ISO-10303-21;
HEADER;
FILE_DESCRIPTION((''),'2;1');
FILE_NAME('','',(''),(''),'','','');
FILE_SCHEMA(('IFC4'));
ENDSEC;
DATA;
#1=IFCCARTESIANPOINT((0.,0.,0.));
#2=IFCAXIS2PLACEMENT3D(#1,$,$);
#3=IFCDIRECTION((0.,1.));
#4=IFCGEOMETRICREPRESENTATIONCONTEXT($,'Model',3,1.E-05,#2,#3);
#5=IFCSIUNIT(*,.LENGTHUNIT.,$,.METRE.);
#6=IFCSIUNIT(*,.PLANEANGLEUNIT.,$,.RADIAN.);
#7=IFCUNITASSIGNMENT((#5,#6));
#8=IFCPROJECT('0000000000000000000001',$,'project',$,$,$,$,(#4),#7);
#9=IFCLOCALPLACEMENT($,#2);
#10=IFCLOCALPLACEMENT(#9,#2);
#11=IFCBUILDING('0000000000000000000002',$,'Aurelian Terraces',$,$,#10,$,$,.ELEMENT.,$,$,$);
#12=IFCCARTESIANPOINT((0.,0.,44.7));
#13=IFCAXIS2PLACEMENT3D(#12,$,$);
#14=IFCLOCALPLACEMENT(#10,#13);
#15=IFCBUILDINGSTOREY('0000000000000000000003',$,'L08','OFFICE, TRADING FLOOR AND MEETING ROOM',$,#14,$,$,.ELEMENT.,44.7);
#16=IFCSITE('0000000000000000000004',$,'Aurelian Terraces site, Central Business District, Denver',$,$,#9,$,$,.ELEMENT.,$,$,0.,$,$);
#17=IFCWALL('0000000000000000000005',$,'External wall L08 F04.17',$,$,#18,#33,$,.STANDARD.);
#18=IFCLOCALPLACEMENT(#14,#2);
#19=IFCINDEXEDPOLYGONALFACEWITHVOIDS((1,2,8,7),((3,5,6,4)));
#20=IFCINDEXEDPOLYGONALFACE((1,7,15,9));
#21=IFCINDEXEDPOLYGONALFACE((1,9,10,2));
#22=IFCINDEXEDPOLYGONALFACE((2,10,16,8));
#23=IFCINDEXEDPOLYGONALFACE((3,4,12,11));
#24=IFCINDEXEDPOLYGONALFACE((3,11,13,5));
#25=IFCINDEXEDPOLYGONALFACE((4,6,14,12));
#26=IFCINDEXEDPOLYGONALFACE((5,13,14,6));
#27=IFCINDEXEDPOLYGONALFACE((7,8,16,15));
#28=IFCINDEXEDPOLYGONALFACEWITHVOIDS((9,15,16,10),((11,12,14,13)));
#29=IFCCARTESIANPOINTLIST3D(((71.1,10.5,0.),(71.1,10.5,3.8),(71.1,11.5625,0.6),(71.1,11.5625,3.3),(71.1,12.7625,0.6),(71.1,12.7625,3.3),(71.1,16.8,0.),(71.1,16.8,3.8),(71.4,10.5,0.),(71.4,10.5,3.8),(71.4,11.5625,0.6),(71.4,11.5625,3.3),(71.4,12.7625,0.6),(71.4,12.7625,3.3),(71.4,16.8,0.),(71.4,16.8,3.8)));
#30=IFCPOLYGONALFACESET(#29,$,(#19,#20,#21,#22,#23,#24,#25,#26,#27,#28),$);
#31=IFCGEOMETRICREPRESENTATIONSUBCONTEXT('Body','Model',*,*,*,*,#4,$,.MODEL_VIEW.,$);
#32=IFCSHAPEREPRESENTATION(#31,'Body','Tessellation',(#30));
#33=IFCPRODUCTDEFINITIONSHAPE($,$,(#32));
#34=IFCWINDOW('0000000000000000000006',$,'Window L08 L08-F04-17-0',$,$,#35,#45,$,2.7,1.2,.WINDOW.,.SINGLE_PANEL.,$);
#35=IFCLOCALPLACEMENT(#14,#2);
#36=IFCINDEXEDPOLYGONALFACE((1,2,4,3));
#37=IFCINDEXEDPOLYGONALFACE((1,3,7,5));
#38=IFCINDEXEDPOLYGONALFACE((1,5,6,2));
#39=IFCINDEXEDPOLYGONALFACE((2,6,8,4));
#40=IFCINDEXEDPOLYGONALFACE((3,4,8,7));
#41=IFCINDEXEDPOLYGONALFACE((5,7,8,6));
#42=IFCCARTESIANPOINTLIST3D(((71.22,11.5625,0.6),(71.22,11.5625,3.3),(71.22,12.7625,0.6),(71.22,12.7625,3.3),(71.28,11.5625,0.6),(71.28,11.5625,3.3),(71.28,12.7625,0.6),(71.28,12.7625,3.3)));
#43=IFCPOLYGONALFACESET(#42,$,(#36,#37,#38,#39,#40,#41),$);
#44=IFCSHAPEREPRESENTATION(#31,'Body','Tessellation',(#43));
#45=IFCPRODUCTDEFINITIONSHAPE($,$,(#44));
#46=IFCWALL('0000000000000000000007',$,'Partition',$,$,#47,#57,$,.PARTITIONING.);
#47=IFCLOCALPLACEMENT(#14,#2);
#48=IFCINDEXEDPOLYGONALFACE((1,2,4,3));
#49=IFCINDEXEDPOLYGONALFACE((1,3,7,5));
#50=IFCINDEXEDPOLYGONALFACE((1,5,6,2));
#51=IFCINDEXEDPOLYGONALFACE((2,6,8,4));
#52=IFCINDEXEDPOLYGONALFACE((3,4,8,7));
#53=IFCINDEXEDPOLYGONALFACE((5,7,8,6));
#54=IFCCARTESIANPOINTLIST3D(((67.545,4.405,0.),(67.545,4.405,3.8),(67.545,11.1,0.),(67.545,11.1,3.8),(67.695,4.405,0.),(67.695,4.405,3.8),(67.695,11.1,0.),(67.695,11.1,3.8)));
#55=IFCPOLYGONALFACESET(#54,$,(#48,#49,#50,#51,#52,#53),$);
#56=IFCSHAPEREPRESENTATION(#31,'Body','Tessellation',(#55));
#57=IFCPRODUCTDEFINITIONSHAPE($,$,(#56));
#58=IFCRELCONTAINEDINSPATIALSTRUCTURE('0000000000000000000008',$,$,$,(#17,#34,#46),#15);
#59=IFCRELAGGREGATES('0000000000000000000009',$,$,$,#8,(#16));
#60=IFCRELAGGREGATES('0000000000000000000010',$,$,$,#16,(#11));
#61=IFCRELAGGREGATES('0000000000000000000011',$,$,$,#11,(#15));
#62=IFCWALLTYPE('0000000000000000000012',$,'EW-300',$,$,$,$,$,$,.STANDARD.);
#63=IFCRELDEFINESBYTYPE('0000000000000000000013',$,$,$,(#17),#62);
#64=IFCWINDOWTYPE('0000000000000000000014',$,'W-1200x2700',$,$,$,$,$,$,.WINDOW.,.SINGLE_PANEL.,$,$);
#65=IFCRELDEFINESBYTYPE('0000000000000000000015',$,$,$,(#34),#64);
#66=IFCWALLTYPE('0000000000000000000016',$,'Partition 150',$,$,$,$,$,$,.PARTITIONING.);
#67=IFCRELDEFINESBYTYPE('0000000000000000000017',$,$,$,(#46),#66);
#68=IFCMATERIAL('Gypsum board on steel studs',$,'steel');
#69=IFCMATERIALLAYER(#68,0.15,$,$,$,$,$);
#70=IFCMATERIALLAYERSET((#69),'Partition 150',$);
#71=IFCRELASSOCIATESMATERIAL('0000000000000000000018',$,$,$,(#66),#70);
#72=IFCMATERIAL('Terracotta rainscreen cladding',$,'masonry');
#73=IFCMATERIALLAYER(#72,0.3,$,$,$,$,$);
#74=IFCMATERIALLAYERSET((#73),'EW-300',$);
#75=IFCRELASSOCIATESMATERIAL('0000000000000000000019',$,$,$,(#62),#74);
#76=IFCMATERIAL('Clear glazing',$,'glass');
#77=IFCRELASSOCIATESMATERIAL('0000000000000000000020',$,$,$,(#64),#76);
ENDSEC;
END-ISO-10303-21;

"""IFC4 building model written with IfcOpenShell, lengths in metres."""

from ifc_helpers import new_model, si_unit, direction, frame, frame_2d, origin, place, context, subcontext, project, spatial, rectangle, extrude, source, transform, mapped, material, layer, layer_set, type_object, element, fill, save


model = new_model("IFC4")

# Units and contexts
model_context = context("Model", 3, precision=1e-05, world=origin(), true_north=direction((0.0, 1.0)))
body_context = subcontext(model_context, "Body", "Model", "MODEL_VIEW")
ifc_project = project(units=[si_unit("LENGTHUNIT", "METRE"), si_unit("PLANEANGLEUNIT", "RADIAN")], contexts=[model_context])

# Site, building, storey
site_placement = place(None, origin())
site = spatial("IfcSite", under=ifc_project, at=site_placement, Name="Aurelian Terraces site, Central Business District, Denver", CompositionType="ELEMENT", RefElevation=0.0)
building_placement = place(site_placement, origin())
building = spatial("IfcBuilding", under=site, at=building_placement, Name="Aurelian Terraces", CompositionType="ELEMENT")
storey_placement = place(building_placement, frame((0.0, 0.0, 44.7)))
storey = spatial("IfcBuildingStorey", under=building, at=storey_placement, Name="L08", Description="OFFICE, TRADING FLOOR AND MEETING ROOM", CompositionType="ELEMENT", Elevation=44.7)

# Shared definitions
ifc_material_1 = material(Name="Gypsum board on steel studs", Category="steel")
ifc_layer_1 = layer(ifc_material_1, 0.15)
ifc_layer_set_1 = layer_set([ifc_layer_1], Name="Partition 150")
wall_type_1 = type_object("IfcWallType", Name="Partition 150", PredefinedType="PARTITIONING", material=ifc_layer_set_1)

# Shared definitions
ifc_material_2 = material(Name="Terracotta rainscreen cladding", Category="masonry")
ifc_layer_2 = layer(ifc_material_2, 0.3)
ifc_layer_set_2 = layer_set([ifc_layer_2], Name="EW-300")
wall_type_2 = type_object("IfcWallType", Name="EW-300", PredefinedType="STANDARD", material=ifc_layer_set_2)
ifc_material_3 = material(Name="Clear glazing", Category="glass")

# Wall, opening, window
shared_shape_1 = source(origin(), body_context, "Body", "SweptSolid", [
    extrude(rectangle(XDim=1.2, YDim=2.7, at=frame_2d((0.6, 1.35))), frame((0.0, 0.16, 0.0), z_axis=(0.0, -1.0, 0.0), x_axis=(1.0, 0.0, 0.0)), (0.0, 0.0, 1.0), 0.32),
])
window_type_1 = type_object("IfcWindowType", Name="W-1200x2700", PartitioningType="SINGLE_PANEL", PredefinedType="WINDOW", material=ifc_material_3)
shared_shape_2 = source(origin(), body_context, "Body", "SweptSolid", [
    extrude(rectangle(XDim=1.2, YDim=2.7, at=frame_2d((0.6, 1.35))), frame((0.0, 0.03, 0.0), z_axis=(0.0, -1.0, 0.0), x_axis=(1.0, 0.0, 0.0)), (0.0, 0.0, 1.0), 0.06),
])
shared_shape_3 = source(origin(), body_context, "Body", "SweptSolid", [
    extrude(rectangle(XDim=6.3, YDim=0.3, at=frame_2d((3.15, 0.0))), origin(), (0.0, 0.0, 1.0), 3.8),
])
wall_1_placement = place(storey_placement, frame((71.25, 10.5, 0.0), z_axis=(0.0, 0.0, 1.0), x_axis=(0.0, 1.0, 0.0)))
wall_1 = element("IfcWall", 1, at=wall_1_placement, inside=storey, type_object=wall_type_2, Name="External wall L08 F04.17", PredefinedType="STANDARD", context=body_context, shape_type="MappedRepresentation", body=[
    mapped(shared_shape_3, transform((0.0, 0.0, 0.0), scale=1.0)),
])
opening_1_placement = place(wall_1_placement, frame((1.0625, 0.0, 0.6)))
opening_1 = element("IfcOpeningElement", 2, at=opening_1_placement, cuts=wall_1, PredefinedType="OPENING", context=body_context, shape_type="MappedRepresentation", body=[
    mapped(shared_shape_1, transform((0.0, 0.0, 0.0), scale=1.0)),
])
window_1_placement = place(opening_1_placement, origin())
window_1 = element("IfcWindow", 3, at=window_1_placement, inside=storey, type_object=window_type_1, Name="Window L08 L08-F04-17-0", OverallHeight=2.7, OverallWidth=1.2, PartitioningType="SINGLE_PANEL", PredefinedType="WINDOW", context=body_context, shape_type="MappedRepresentation", body=[
    mapped(shared_shape_2, transform((0.0, 0.0, 0.0), scale=1.0)),
])
fill(opening_1, window_1)

# Wall
shared_shape_4 = source(origin(), body_context, "Body", "SweptSolid", [
    extrude(rectangle(XDim=6.695, YDim=0.15, at=frame_2d((3.3475, 0.0))), origin(), (0.0, 0.0, 1.0), 3.8),
])
wall_2_placement = place(storey_placement, frame((67.62, 4.405, 0.0), z_axis=(0.0, 0.0, 1.0), x_axis=(0.0, 1.0, 0.0)))
element("IfcWall", 4, at=wall_2_placement, inside=storey, type_object=wall_type_1, Name="Partition", PredefinedType="PARTITIONING", context=body_context, shape_type="MappedRepresentation", body=[
    mapped(shared_shape_4, transform((0.0, 0.0, 0.0), scale=1.0)),
])

save(model, "model.ifc")
